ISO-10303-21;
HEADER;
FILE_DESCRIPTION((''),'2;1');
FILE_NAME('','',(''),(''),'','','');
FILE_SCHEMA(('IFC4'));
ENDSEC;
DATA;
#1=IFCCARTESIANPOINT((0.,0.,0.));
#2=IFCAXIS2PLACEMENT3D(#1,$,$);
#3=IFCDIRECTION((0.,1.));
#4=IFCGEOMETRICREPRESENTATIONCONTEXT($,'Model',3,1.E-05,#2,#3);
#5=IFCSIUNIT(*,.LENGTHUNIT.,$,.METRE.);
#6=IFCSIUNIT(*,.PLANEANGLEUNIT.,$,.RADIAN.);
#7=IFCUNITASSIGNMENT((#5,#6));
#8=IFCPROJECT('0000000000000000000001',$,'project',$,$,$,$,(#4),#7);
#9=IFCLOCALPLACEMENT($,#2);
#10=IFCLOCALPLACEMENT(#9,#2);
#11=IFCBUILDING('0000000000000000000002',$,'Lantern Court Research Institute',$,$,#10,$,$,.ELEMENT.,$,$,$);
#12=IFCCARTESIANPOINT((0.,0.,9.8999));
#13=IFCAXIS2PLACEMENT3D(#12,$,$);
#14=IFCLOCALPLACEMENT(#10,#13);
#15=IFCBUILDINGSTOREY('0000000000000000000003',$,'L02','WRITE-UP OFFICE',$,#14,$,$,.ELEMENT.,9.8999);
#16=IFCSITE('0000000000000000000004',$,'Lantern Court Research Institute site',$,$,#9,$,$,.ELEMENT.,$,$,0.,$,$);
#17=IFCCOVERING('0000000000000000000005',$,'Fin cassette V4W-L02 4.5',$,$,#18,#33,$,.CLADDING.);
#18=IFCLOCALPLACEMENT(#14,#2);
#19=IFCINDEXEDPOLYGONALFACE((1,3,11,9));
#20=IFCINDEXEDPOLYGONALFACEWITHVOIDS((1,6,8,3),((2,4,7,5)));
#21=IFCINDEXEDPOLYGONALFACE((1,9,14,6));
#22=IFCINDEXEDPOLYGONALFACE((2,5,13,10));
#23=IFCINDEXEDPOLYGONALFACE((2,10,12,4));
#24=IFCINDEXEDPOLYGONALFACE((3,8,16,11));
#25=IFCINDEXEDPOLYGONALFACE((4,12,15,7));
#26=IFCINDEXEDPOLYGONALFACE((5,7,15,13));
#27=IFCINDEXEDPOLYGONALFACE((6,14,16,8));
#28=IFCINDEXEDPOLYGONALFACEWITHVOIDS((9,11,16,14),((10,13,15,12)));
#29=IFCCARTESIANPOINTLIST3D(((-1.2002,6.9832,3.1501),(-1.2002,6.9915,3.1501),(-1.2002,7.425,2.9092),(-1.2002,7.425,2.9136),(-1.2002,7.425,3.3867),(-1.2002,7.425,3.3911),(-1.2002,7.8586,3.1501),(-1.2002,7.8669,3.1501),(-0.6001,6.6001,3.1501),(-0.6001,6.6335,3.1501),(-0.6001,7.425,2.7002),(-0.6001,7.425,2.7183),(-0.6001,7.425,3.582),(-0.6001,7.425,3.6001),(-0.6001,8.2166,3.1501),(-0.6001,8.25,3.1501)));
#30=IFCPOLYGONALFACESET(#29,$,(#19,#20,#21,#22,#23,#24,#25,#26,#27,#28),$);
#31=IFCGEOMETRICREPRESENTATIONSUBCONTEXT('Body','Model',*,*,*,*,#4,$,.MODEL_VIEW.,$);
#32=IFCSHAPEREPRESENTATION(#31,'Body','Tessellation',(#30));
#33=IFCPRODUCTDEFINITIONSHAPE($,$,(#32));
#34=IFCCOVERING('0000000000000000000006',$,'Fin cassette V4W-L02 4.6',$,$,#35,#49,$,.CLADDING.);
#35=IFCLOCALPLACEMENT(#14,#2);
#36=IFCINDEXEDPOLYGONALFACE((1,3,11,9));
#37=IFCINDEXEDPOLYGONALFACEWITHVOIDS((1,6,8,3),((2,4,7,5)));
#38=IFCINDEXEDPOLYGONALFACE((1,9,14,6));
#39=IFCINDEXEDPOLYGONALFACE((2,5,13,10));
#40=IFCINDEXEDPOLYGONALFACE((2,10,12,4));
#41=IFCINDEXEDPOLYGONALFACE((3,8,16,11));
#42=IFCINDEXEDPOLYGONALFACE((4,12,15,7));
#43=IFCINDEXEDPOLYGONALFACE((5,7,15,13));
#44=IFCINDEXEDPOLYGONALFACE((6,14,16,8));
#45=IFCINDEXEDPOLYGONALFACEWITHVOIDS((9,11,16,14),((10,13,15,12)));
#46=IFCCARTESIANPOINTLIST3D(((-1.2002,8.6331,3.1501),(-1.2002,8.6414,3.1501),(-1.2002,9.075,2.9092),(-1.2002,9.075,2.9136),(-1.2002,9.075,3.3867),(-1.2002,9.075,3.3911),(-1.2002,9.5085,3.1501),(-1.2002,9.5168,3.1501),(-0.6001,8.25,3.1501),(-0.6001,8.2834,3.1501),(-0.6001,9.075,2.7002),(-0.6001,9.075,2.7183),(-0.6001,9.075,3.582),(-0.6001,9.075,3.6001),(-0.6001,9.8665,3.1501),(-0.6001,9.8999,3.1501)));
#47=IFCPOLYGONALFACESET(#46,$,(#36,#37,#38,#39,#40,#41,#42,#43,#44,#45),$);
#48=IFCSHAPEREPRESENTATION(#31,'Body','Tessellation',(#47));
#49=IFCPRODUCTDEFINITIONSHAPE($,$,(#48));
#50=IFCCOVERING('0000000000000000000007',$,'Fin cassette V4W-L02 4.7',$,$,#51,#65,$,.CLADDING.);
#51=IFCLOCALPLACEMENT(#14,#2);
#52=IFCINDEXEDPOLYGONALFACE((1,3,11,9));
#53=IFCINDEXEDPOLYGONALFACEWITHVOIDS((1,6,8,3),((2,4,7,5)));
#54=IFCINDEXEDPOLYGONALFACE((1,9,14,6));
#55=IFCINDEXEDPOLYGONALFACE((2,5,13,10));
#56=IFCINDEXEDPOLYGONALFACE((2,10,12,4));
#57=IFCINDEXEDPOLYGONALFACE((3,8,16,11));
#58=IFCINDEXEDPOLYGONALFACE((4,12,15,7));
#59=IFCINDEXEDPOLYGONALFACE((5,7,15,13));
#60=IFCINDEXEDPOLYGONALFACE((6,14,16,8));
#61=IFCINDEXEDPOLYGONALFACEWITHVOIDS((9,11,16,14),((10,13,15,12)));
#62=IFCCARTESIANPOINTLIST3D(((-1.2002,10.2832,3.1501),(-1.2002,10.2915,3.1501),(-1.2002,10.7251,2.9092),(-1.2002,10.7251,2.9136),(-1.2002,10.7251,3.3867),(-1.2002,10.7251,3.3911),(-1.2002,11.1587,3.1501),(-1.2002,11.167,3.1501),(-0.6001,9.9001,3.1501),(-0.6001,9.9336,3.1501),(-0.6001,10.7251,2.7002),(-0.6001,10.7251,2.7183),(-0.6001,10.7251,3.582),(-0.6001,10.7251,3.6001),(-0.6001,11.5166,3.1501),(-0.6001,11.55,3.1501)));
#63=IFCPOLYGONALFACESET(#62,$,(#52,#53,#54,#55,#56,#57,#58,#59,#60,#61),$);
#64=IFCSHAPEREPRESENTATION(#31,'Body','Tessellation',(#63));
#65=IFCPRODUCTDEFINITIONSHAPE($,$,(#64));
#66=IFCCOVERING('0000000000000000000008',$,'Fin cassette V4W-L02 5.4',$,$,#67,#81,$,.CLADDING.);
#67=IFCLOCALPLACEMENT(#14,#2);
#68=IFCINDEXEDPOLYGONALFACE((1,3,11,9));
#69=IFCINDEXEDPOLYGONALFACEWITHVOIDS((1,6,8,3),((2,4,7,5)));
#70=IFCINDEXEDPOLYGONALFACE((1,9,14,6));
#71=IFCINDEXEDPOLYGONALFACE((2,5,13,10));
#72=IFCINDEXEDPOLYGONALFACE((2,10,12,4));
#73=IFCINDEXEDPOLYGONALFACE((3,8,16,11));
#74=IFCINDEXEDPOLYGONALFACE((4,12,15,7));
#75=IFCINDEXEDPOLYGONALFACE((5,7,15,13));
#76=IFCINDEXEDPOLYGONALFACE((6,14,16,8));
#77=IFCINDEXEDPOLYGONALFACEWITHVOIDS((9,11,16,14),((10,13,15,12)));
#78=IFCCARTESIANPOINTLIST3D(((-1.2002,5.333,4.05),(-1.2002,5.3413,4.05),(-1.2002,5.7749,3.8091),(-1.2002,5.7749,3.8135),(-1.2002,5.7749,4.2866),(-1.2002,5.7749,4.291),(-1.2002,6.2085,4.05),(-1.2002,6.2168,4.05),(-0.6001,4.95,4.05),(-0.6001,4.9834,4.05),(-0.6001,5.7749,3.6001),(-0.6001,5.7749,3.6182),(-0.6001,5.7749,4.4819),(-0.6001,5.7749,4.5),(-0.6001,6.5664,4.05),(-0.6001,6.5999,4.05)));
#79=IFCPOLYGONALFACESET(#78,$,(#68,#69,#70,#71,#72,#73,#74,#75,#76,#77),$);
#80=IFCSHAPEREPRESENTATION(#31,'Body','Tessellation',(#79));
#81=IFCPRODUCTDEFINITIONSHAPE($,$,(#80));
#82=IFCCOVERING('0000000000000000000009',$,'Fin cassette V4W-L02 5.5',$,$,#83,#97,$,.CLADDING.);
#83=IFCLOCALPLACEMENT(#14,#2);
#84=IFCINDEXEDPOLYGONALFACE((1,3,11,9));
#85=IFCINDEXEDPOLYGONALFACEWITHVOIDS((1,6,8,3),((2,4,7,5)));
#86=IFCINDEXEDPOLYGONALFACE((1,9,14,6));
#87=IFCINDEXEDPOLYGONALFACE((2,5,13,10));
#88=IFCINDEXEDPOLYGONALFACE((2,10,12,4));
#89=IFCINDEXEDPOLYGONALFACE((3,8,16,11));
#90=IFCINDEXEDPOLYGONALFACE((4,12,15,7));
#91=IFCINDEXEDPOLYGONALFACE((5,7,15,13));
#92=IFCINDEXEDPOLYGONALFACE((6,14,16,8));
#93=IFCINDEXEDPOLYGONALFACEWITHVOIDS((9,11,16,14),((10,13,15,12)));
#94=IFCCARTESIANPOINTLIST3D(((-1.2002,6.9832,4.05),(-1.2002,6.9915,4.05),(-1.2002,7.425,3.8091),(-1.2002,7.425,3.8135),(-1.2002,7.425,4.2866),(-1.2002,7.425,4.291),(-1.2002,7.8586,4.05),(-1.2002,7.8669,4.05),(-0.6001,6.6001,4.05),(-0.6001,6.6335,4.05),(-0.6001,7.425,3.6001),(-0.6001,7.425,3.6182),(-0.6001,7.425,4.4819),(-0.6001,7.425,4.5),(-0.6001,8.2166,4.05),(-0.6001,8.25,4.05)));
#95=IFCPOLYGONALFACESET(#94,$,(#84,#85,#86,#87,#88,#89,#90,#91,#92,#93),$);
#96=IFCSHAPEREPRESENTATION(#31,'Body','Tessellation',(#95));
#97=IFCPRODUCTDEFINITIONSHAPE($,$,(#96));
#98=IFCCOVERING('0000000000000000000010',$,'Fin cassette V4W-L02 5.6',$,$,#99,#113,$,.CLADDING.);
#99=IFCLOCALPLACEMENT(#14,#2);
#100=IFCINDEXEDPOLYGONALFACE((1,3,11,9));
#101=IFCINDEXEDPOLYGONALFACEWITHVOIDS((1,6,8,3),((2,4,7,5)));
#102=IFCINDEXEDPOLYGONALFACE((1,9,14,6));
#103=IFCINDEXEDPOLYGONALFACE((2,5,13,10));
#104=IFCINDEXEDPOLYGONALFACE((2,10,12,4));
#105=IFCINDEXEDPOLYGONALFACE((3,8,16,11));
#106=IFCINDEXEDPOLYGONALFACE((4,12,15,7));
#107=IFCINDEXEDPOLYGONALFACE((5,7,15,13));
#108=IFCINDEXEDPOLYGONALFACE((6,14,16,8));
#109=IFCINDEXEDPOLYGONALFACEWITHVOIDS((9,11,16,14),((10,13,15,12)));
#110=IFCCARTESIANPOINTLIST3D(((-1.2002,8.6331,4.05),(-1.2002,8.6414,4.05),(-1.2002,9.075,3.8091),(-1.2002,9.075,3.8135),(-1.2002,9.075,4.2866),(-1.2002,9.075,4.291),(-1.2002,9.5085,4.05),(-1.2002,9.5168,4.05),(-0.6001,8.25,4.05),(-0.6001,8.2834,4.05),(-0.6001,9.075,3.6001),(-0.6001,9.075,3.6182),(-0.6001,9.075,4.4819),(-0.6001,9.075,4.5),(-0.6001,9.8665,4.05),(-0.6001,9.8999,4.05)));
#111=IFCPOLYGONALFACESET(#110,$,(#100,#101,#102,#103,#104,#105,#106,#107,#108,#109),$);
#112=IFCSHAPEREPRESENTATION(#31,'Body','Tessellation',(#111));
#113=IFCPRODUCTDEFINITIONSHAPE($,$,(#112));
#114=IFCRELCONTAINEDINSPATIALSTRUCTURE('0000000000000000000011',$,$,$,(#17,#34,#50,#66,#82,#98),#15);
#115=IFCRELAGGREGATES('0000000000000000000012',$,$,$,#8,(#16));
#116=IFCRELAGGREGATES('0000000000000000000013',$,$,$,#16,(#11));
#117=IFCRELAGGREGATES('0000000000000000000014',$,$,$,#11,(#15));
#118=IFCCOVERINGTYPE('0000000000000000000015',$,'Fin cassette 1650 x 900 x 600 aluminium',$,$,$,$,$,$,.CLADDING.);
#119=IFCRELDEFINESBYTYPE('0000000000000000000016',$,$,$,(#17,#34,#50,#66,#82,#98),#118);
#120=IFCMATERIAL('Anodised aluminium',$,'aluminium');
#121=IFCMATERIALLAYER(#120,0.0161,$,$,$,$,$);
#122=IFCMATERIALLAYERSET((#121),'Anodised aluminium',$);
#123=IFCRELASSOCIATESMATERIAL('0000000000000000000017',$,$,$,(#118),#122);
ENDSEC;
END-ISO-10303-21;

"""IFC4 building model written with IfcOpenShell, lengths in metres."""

from ifc_helpers import new_model, entity, si_unit, direction, frame, origin, place, context, subcontext, project, spatial, material, layer, layer_set, type_object, element, save


model = new_model("IFC4")

# Units and contexts
model_context = context("Model", 3, precision=1e-05, world=origin(), true_north=direction((0.0, 1.0)))
body_context = subcontext(model_context, "Body", "Model", "MODEL_VIEW")
ifc_project = project(units=[si_unit("LENGTHUNIT", "METRE"), si_unit("PLANEANGLEUNIT", "RADIAN")], contexts=[model_context])

# Site, building, storey
site_placement = place(None, origin())
site = spatial("IfcSite", under=ifc_project, at=site_placement, Name="Lantern Court Research Institute site", CompositionType="ELEMENT", RefElevation=0.0)
building_placement = place(site_placement, origin())
building = spatial("IfcBuilding", under=site, at=building_placement, Name="Lantern Court Research Institute", CompositionType="ELEMENT")
storey_placement = place(building_placement, frame((0.0, 0.0, 9.8999)))
storey = spatial("IfcBuildingStorey", under=building, at=storey_placement, Name="L02", Description="WRITE-UP OFFICE", CompositionType="ELEMENT", Elevation=9.8999)

# Coverings
ifc_material_1 = material(Name="Anodised aluminium", Category="aluminium")
ifc_layer_1 = layer(ifc_material_1, 0.0161)
ifc_layer_set_1 = layer_set([ifc_layer_1], Name="Anodised aluminium")
covering_type = type_object("IfcCoveringType", Name="Fin cassette 1650 x 900 x 600 aluminium", PredefinedType="CLADDING", material=ifc_layer_set_1)
covering_1_placement = place(storey_placement, frame((-0.6001, 7.425, 3.1501), z_axis=(-1.0, 0.0, 0.0), x_axis=(0.0, -1.0, 0.0)))
cartesian_point_1 = entity("IfcCartesianPoint", [0.825, 0.0])
cartesian_point_2 = entity("IfcCartesianPoint", [0.7915, 0.0])
cartesian_point_3 = entity("IfcCartesianPoint", [0.4419, 0.0])
cartesian_point_4 = entity("IfcCartesianPoint", [0.4336, 0.0])
element("IfcCovering", 1, at=covering_1_placement, inside=storey, type_object=covering_type, Name="Fin cassette V4W-L02 4.5", PredefinedType="CLADDING", context=body_context, shape_type="SweptSolid", body=[
    entity("IfcExtrudedAreaSolidTapered", entity("IfcArbitraryProfileDefWithVoids", "AREA", None, entity("IfcPolyline", [cartesian_point_1, entity("IfcCartesianPoint", [0.0, 0.45]), entity("IfcCartesianPoint", [-0.825, 0.0]), entity("IfcCartesianPoint", [0.0, -0.45]), cartesian_point_1]), [entity("IfcPolyline", [cartesian_point_2, entity("IfcCartesianPoint", [0.0, 0.4319]), entity("IfcCartesianPoint", [-0.7915, 0.0]), entity("IfcCartesianPoint", [0.0, -0.4319]), cartesian_point_2])]), entity("IfcAxis2Placement3D", entity("IfcCartesianPoint", [0.0, 0.0, 0.0])), entity("IfcDirection", [0.0, 0.0, 1.0]), 0.6001, entity("IfcArbitraryProfileDefWithVoids", "AREA", None, entity("IfcPolyline", [cartesian_point_3, entity("IfcCartesianPoint", [0.0, 0.241]), entity("IfcCartesianPoint", [-0.4419, 0.0]), entity("IfcCartesianPoint", [0.0, -0.241]), cartesian_point_3]), [entity("IfcPolyline", [cartesian_point_4, entity("IfcCartesianPoint", [0.0, 0.2366]), entity("IfcCartesianPoint", [-0.4336, 0.0]), entity("IfcCartesianPoint", [0.0, -0.2366]), cartesian_point_4])])),
])
covering_2_placement = place(storey_placement, frame((-0.6001, 9.075, 3.1501), z_axis=(-1.0, 0.0, 0.0), x_axis=(0.0, -1.0, 0.0)))
cartesian_point_5 = entity("IfcCartesianPoint", [0.825, 0.0])
cartesian_point_6 = entity("IfcCartesianPoint", [0.7915, 0.0])
cartesian_point_7 = entity("IfcCartesianPoint", [0.4419, 0.0])
cartesian_point_8 = entity("IfcCartesianPoint", [0.4336, 0.0])
element("IfcCovering", 2, at=covering_2_placement, inside=storey, type_object=covering_type, Name="Fin cassette V4W-L02 4.6", PredefinedType="CLADDING", context=body_context, shape_type="SweptSolid", body=[
    entity("IfcExtrudedAreaSolidTapered", entity("IfcArbitraryProfileDefWithVoids", "AREA", None, entity("IfcPolyline", [cartesian_point_5, entity("IfcCartesianPoint", [0.0, 0.45]), entity("IfcCartesianPoint", [-0.825, 0.0]), entity("IfcCartesianPoint", [0.0, -0.45]), cartesian_point_5]), [entity("IfcPolyline", [cartesian_point_6, entity("IfcCartesianPoint", [0.0, 0.4319]), entity("IfcCartesianPoint", [-0.7915, 0.0]), entity("IfcCartesianPoint", [0.0, -0.4319]), cartesian_point_6])]), entity("IfcAxis2Placement3D", entity("IfcCartesianPoint", [0.0, 0.0, 0.0])), entity("IfcDirection", [0.0, 0.0, 1.0]), 0.6001, entity("IfcArbitraryProfileDefWithVoids", "AREA", None, entity("IfcPolyline", [cartesian_point_7, entity("IfcCartesianPoint", [0.0, 0.241]), entity("IfcCartesianPoint", [-0.4419, 0.0]), entity("IfcCartesianPoint", [0.0, -0.241]), cartesian_point_7]), [entity("IfcPolyline", [cartesian_point_8, entity("IfcCartesianPoint", [0.0, 0.2366]), entity("IfcCartesianPoint", [-0.4336, 0.0]), entity("IfcCartesianPoint", [0.0, -0.2366]), cartesian_point_8])])),
])
covering_3_placement = place(storey_placement, frame((-0.6001, 10.7251, 3.1501), z_axis=(-1.0, 0.0, 0.0), x_axis=(0.0, -1.0, 0.0)))
cartesian_point_9 = entity("IfcCartesianPoint", [0.825, 0.0])
cartesian_point_10 = entity("IfcCartesianPoint", [0.7915, 0.0])
cartesian_point_11 = entity("IfcCartesianPoint", [0.4419, 0.0])
cartesian_point_12 = entity("IfcCartesianPoint", [0.4336, 0.0])
element("IfcCovering", 3, at=covering_3_placement, inside=storey, type_object=covering_type, Name="Fin cassette V4W-L02 4.7", PredefinedType="CLADDING", context=body_context, shape_type="SweptSolid", body=[
    entity("IfcExtrudedAreaSolidTapered", entity("IfcArbitraryProfileDefWithVoids", "AREA", None, entity("IfcPolyline", [cartesian_point_9, entity("IfcCartesianPoint", [0.0, 0.45]), entity("IfcCartesianPoint", [-0.825, 0.0]), entity("IfcCartesianPoint", [0.0, -0.45]), cartesian_point_9]), [entity("IfcPolyline", [cartesian_point_10, entity("IfcCartesianPoint", [0.0, 0.4319]), entity("IfcCartesianPoint", [-0.7915, 0.0]), entity("IfcCartesianPoint", [0.0, -0.4319]), cartesian_point_10])]), entity("IfcAxis2Placement3D", entity("IfcCartesianPoint", [0.0, 0.0, 0.0])), entity("IfcDirection", [0.0, 0.0, 1.0]), 0.6001, entity("IfcArbitraryProfileDefWithVoids", "AREA", None, entity("IfcPolyline", [cartesian_point_11, entity("IfcCartesianPoint", [0.0, 0.241]), entity("IfcCartesianPoint", [-0.4419, 0.0]), entity("IfcCartesianPoint", [0.0, -0.241]), cartesian_point_11]), [entity("IfcPolyline", [cartesian_point_12, entity("IfcCartesianPoint", [0.0, 0.2366]), entity("IfcCartesianPoint", [-0.4336, 0.0]), entity("IfcCartesianPoint", [0.0, -0.2366]), cartesian_point_12])])),
])
covering_4_placement = place(storey_placement, frame((-0.6001, 5.7749, 4.05), z_axis=(-1.0, 0.0, 0.0), x_axis=(0.0, -1.0, 0.0)))
cartesian_point_13 = entity("IfcCartesianPoint", [0.825, 0.0])
cartesian_point_14 = entity("IfcCartesianPoint", [0.7915, 0.0])
cartesian_point_15 = entity("IfcCartesianPoint", [0.4419, 0.0])
cartesian_point_16 = entity("IfcCartesianPoint", [0.4336, 0.0])
element("IfcCovering", 4, at=covering_4_placement, inside=storey, type_object=covering_type, Name="Fin cassette V4W-L02 5.4", PredefinedType="CLADDING", context=body_context, shape_type="SweptSolid", body=[
    entity("IfcExtrudedAreaSolidTapered", entity("IfcArbitraryProfileDefWithVoids", "AREA", None, entity("IfcPolyline", [cartesian_point_13, entity("IfcCartesianPoint", [0.0, 0.45]), entity("IfcCartesianPoint", [-0.825, 0.0]), entity("IfcCartesianPoint", [0.0, -0.45]), cartesian_point_13]), [entity("IfcPolyline", [cartesian_point_14, entity("IfcCartesianPoint", [0.0, 0.4319]), entity("IfcCartesianPoint", [-0.7915, 0.0]), entity("IfcCartesianPoint", [0.0, -0.4319]), cartesian_point_14])]), entity("IfcAxis2Placement3D", entity("IfcCartesianPoint", [0.0, 0.0, 0.0])), entity("IfcDirection", [0.0, 0.0, 1.0]), 0.6001, entity("IfcArbitraryProfileDefWithVoids", "AREA", None, entity("IfcPolyline", [cartesian_point_15, entity("IfcCartesianPoint", [0.0, 0.241]), entity("IfcCartesianPoint", [-0.4419, 0.0]), entity("IfcCartesianPoint", [0.0, -0.241]), cartesian_point_15]), [entity("IfcPolyline", [cartesian_point_16, entity("IfcCartesianPoint", [0.0, 0.2366]), entity("IfcCartesianPoint", [-0.4336, 0.0]), entity("IfcCartesianPoint", [0.0, -0.2366]), cartesian_point_16])])),
])
covering_5_placement = place(storey_placement, frame((-0.6001, 7.425, 4.05), z_axis=(-1.0, 0.0, 0.0), x_axis=(0.0, -1.0, 0.0)))
cartesian_point_17 = entity("IfcCartesianPoint", [0.825, 0.0])
cartesian_point_18 = entity("IfcCartesianPoint", [0.7915, 0.0])
cartesian_point_19 = entity("IfcCartesianPoint", [0.4419, 0.0])
cartesian_point_20 = entity("IfcCartesianPoint", [0.4336, 0.0])
element("IfcCovering", 5, at=covering_5_placement, inside=storey, type_object=covering_type, Name="Fin cassette V4W-L02 5.5", PredefinedType="CLADDING", context=body_context, shape_type="SweptSolid", body=[
    entity("IfcExtrudedAreaSolidTapered", entity("IfcArbitraryProfileDefWithVoids", "AREA", None, entity("IfcPolyline", [cartesian_point_17, entity("IfcCartesianPoint", [0.0, 0.45]), entity("IfcCartesianPoint", [-0.825, 0.0]), entity("IfcCartesianPoint", [0.0, -0.45]), cartesian_point_17]), [entity("IfcPolyline", [cartesian_point_18, entity("IfcCartesianPoint", [0.0, 0.4319]), entity("IfcCartesianPoint", [-0.7915, 0.0]), entity("IfcCartesianPoint", [0.0, -0.4319]), cartesian_point_18])]), entity("IfcAxis2Placement3D", entity("IfcCartesianPoint", [0.0, 0.0, 0.0])), entity("IfcDirection", [0.0, 0.0, 1.0]), 0.6001, entity("IfcArbitraryProfileDefWithVoids", "AREA", None, entity("IfcPolyline", [cartesian_point_19, entity("IfcCartesianPoint", [0.0, 0.241]), entity("IfcCartesianPoint", [-0.4419, 0.0]), entity("IfcCartesianPoint", [0.0, -0.241]), cartesian_point_19]), [entity("IfcPolyline", [cartesian_point_20, entity("IfcCartesianPoint", [0.0, 0.2366]), entity("IfcCartesianPoint", [-0.4336, 0.0]), entity("IfcCartesianPoint", [0.0, -0.2366]), cartesian_point_20])])),
])
covering_6_placement = place(storey_placement, frame((-0.6001, 9.075, 4.05), z_axis=(-1.0, 0.0, 0.0), x_axis=(0.0, -1.0, 0.0)))
cartesian_point_21 = entity("IfcCartesianPoint", [0.825, 0.0])
cartesian_point_22 = entity("IfcCartesianPoint", [0.7915, 0.0])
cartesian_point_23 = entity("IfcCartesianPoint", [0.4419, 0.0])
cartesian_point_24 = entity("IfcCartesianPoint", [0.4336, 0.0])
element("IfcCovering", 6, at=covering_6_placement, inside=storey, type_object=covering_type, Name="Fin cassette V4W-L02 5.6", PredefinedType="CLADDING", context=body_context, shape_type="SweptSolid", body=[
    entity("IfcExtrudedAreaSolidTapered", entity("IfcArbitraryProfileDefWithVoids", "AREA", None, entity("IfcPolyline", [cartesian_point_21, entity("IfcCartesianPoint", [0.0, 0.45]), entity("IfcCartesianPoint", [-0.825, 0.0]), entity("IfcCartesianPoint", [0.0, -0.45]), cartesian_point_21]), [entity("IfcPolyline", [cartesian_point_22, entity("IfcCartesianPoint", [0.0, 0.4319]), entity("IfcCartesianPoint", [-0.7915, 0.0]), entity("IfcCartesianPoint", [0.0, -0.4319]), cartesian_point_22])]), entity("IfcAxis2Placement3D", entity("IfcCartesianPoint", [0.0, 0.0, 0.0])), entity("IfcDirection", [0.0, 0.0, 1.0]), 0.6001, entity("IfcArbitraryProfileDefWithVoids", "AREA", None, entity("IfcPolyline", [cartesian_point_23, entity("IfcCartesianPoint", [0.0, 0.241]), entity("IfcCartesianPoint", [-0.4419, 0.0]), entity("IfcCartesianPoint", [0.0, -0.241]), cartesian_point_23]), [entity("IfcPolyline", [cartesian_point_24, entity("IfcCartesianPoint", [0.0, 0.2366]), entity("IfcCartesianPoint", [-0.4336, 0.0]), entity("IfcCartesianPoint", [0.0, -0.2366]), cartesian_point_24])])),
])

save(model, "model.ifc")
